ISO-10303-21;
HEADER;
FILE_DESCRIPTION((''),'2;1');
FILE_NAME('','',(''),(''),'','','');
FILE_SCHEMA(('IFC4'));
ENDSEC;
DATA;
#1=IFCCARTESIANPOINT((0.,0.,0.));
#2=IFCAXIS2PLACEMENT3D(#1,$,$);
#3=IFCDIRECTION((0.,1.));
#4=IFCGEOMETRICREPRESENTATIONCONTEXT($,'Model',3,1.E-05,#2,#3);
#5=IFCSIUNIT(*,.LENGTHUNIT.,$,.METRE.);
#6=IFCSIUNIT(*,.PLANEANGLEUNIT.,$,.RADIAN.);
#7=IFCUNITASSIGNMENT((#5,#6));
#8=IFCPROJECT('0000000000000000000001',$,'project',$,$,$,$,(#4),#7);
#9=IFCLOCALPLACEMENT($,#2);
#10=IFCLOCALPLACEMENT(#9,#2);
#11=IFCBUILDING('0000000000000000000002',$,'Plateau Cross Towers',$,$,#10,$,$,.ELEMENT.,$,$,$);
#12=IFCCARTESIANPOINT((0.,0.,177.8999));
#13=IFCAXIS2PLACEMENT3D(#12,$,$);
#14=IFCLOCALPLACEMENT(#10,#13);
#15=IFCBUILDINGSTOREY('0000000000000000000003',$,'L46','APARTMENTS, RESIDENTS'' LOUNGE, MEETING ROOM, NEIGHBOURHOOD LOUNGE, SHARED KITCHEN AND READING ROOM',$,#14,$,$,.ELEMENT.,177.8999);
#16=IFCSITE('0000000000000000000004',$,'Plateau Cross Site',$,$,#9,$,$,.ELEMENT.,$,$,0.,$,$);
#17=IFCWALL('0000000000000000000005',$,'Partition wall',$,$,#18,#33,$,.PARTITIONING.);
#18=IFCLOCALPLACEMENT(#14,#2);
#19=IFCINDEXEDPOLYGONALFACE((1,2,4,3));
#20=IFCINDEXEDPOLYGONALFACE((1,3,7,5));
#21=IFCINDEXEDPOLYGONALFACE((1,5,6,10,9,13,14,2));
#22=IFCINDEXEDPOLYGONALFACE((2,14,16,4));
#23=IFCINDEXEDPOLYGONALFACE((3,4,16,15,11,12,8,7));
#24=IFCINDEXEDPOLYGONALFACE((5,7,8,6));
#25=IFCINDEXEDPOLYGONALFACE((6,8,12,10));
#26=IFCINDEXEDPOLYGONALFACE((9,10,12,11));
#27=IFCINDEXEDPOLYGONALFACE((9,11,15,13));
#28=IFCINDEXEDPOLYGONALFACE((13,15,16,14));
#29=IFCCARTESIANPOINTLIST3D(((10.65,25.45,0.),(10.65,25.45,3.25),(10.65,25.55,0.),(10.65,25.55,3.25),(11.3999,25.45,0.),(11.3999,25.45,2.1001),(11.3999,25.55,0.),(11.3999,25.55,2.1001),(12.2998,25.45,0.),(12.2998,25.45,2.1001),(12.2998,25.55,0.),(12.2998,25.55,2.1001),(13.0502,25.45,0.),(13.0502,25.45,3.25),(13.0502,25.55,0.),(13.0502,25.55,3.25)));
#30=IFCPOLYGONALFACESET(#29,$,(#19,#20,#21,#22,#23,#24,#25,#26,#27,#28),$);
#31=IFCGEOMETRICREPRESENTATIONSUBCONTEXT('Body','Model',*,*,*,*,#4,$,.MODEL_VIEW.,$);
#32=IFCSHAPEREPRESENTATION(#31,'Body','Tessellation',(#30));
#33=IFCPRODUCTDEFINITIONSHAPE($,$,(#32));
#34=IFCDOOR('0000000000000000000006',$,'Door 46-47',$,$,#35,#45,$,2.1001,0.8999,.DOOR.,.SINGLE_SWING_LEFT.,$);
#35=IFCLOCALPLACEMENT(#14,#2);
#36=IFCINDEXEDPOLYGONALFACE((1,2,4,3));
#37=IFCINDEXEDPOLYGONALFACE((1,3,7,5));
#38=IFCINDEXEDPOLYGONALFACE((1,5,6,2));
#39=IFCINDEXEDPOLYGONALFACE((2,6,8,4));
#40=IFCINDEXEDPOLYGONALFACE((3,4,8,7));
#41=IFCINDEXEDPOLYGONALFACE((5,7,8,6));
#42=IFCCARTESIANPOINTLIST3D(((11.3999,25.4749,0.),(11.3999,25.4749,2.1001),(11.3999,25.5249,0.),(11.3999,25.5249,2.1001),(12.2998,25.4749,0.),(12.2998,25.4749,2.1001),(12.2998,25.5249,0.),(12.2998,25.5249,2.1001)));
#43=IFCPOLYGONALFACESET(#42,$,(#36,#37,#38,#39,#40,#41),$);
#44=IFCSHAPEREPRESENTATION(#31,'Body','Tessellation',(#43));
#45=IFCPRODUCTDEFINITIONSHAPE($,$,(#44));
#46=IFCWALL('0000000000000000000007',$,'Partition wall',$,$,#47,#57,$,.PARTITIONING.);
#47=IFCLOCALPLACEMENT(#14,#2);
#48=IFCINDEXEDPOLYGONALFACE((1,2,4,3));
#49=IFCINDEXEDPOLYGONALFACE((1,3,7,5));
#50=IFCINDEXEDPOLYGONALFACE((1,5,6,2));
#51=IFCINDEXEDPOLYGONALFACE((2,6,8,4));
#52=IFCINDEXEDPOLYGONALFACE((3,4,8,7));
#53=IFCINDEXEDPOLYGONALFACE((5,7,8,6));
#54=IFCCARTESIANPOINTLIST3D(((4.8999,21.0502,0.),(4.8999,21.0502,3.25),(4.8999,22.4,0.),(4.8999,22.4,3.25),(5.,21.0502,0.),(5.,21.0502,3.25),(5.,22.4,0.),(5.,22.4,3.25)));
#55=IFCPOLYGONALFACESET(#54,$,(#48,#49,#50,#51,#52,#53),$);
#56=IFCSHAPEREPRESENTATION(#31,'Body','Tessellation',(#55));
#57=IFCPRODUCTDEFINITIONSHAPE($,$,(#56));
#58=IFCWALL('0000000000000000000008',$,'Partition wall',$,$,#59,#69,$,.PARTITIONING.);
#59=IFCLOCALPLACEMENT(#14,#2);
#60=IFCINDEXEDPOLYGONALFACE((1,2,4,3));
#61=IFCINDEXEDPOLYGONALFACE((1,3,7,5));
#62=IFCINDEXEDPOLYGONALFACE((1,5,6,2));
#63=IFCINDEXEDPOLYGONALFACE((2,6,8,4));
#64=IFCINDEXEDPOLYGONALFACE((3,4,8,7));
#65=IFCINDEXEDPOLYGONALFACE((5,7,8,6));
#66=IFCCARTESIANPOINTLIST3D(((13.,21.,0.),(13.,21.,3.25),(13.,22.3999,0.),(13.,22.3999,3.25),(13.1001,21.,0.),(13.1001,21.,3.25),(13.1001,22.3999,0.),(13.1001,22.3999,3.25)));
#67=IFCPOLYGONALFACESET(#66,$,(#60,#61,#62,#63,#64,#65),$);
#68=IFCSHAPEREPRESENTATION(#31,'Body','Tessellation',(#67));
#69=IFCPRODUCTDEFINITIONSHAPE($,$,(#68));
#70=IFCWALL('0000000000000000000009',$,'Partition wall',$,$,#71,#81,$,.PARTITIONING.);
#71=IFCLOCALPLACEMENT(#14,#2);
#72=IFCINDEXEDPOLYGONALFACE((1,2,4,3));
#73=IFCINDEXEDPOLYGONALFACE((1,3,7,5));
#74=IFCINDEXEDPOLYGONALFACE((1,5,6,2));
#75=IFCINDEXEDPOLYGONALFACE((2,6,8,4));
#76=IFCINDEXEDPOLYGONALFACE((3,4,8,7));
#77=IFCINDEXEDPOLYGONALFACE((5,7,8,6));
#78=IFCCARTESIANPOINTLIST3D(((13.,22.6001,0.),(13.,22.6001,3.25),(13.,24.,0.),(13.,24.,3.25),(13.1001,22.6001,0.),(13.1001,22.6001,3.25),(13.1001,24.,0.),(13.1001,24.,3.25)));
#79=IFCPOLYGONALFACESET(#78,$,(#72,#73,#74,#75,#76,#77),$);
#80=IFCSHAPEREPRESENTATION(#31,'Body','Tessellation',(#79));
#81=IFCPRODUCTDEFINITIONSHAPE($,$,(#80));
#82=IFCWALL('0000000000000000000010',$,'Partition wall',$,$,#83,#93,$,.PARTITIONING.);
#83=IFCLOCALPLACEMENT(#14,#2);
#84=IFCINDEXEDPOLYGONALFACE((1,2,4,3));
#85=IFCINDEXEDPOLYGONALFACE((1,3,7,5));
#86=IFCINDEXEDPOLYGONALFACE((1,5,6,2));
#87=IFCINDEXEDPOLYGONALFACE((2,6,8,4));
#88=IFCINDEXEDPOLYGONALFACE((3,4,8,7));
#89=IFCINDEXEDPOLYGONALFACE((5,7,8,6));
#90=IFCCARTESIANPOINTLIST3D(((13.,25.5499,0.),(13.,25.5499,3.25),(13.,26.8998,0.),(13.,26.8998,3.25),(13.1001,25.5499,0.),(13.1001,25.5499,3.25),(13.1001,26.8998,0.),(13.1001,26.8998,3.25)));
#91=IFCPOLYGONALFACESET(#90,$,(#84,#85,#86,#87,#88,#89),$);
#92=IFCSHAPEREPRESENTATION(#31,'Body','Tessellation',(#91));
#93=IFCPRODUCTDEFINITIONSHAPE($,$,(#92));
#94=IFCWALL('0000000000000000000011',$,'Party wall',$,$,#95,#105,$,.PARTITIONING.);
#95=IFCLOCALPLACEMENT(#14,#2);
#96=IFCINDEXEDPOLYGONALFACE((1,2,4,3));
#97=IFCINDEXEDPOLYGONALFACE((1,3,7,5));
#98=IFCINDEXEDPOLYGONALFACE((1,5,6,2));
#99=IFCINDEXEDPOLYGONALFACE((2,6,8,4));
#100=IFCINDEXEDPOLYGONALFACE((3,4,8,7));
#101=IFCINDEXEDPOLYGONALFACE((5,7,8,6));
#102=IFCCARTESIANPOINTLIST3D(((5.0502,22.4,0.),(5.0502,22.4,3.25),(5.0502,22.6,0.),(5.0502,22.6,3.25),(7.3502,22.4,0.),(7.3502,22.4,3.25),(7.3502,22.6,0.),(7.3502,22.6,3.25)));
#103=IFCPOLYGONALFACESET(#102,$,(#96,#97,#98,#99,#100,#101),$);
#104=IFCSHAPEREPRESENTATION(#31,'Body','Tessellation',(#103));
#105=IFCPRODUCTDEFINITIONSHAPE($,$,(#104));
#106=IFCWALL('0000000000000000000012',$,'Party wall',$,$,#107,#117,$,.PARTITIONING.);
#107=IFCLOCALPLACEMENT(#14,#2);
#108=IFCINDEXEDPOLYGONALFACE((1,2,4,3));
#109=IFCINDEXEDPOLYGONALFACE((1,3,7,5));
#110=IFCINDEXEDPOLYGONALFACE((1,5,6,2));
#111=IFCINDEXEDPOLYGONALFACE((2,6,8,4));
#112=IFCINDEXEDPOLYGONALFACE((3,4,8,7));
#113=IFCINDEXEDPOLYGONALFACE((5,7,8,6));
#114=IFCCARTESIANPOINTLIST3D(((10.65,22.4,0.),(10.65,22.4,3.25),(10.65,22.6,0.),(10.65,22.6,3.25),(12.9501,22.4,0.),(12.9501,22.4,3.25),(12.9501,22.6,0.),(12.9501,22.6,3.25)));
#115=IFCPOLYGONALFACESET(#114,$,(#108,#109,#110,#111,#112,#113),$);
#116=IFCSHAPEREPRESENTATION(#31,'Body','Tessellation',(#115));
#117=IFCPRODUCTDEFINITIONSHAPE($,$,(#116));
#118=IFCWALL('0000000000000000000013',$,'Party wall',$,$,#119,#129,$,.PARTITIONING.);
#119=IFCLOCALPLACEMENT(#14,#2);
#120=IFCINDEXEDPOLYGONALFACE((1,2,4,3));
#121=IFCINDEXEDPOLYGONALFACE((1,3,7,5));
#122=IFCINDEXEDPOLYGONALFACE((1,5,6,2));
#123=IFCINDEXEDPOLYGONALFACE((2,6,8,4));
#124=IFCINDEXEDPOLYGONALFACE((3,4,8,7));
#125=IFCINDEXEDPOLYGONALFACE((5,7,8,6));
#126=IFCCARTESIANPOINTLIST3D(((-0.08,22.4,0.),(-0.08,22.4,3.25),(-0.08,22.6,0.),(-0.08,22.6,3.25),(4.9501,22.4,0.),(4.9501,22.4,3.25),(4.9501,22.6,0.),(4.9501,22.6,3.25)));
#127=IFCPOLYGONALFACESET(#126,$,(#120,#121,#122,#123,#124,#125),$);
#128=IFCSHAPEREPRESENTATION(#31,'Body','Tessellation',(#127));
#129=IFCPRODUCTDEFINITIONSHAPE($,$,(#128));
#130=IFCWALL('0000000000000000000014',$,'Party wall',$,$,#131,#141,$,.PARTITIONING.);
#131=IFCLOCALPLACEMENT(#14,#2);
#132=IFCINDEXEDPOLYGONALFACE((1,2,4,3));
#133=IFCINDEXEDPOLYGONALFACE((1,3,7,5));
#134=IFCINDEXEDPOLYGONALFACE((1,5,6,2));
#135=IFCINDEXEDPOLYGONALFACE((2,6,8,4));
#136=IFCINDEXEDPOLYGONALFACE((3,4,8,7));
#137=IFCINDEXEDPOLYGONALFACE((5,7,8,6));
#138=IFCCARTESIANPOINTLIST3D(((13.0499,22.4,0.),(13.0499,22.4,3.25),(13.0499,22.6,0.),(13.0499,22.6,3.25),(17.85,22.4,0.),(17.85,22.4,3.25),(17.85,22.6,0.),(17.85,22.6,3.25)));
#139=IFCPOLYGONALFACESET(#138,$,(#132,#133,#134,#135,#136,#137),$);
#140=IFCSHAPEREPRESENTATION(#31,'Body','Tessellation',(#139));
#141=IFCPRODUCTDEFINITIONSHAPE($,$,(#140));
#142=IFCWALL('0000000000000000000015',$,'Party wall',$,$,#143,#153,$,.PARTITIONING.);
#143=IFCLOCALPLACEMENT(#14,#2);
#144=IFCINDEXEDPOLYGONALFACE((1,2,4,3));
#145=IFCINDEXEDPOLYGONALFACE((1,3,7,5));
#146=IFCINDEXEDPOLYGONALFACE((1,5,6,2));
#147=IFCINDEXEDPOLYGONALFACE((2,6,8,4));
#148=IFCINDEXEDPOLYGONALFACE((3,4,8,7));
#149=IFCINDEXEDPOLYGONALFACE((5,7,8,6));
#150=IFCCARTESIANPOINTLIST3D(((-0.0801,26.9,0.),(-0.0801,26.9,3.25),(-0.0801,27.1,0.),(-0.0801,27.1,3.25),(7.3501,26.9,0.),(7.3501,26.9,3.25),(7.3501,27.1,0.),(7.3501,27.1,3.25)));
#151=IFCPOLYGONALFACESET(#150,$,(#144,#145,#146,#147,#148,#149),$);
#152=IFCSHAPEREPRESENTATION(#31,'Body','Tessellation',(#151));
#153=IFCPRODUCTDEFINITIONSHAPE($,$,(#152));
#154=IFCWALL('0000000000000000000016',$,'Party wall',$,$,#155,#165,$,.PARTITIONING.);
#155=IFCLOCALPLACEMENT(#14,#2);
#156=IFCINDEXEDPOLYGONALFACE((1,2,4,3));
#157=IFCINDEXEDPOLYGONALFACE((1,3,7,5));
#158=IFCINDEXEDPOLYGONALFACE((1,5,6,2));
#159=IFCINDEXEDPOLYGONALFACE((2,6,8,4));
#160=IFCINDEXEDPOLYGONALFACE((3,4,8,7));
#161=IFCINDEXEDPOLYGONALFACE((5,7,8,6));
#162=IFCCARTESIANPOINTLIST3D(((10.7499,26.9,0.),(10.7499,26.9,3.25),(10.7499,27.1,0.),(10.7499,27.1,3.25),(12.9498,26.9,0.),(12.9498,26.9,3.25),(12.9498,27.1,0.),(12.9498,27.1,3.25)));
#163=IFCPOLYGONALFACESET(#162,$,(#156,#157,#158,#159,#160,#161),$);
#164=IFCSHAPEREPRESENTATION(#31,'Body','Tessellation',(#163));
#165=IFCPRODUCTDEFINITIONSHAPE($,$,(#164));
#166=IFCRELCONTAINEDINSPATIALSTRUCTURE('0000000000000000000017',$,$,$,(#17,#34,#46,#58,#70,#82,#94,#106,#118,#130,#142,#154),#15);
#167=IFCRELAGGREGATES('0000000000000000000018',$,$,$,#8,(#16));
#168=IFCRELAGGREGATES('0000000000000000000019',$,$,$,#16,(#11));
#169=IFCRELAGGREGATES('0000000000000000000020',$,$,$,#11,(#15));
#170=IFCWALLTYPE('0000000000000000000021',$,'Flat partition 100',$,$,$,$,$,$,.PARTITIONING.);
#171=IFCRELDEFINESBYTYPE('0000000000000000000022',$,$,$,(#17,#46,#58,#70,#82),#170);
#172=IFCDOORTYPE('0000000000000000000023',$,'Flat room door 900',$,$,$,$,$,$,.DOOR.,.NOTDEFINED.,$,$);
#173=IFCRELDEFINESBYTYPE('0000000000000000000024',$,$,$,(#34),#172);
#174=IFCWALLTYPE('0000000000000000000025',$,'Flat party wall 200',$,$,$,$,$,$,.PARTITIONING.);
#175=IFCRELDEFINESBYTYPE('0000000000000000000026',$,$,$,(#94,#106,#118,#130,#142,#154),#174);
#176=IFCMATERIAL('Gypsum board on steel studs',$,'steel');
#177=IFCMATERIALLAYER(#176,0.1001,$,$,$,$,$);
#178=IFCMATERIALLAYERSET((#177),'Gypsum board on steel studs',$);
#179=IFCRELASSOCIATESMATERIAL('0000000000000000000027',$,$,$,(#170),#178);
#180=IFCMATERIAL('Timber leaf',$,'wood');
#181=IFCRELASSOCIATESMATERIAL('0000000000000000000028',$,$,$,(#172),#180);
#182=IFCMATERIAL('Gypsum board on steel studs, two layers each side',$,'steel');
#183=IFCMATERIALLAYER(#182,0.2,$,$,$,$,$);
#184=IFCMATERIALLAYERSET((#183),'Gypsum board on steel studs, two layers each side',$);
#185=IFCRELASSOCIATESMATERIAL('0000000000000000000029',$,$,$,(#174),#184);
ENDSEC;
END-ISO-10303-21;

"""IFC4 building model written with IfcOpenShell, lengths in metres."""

from ifc_helpers import new_model, si_unit, direction, frame, frame_2d, origin, place, context, subcontext, project, spatial, rectangle, extrude, material, layer, layer_set, type_object, element, fill, save


model = new_model("IFC4")

# Units and contexts
model_context = context("Model", 3, precision=1e-05, world=origin(), true_north=direction((0.0, 1.0)))
body_context = subcontext(model_context, "Body", "Model", "MODEL_VIEW")
ifc_project = project(units=[si_unit("LENGTHUNIT", "METRE"), si_unit("PLANEANGLEUNIT", "RADIAN")], contexts=[model_context])

# Site, building, storey
site_placement = place(None, origin())
site = spatial("IfcSite", under=ifc_project, at=site_placement, Name="Plateau Cross Site", CompositionType="ELEMENT", RefElevation=0.0)
building_placement = place(site_placement, origin())
building = spatial("IfcBuilding", under=site, at=building_placement, Name="Plateau Cross Towers", CompositionType="ELEMENT")
storey_placement = place(building_placement, frame((0.0, 0.0, 177.8999)))
storey = spatial("IfcBuildingStorey", under=building, at=storey_placement, Name="L46", Description="APARTMENTS, RESIDENTS' LOUNGE, MEETING ROOM, NEIGHBOURHOOD LOUNGE, SHARED KITCHEN AND READING ROOM", CompositionType="ELEMENT", Elevation=177.8999)

# Wall, opening, door
ifc_material_1 = material(Name="Gypsum board on steel studs", Category="steel")
ifc_layer_1 = layer(ifc_material_1, 0.1001)
ifc_layer_set_1 = layer_set([ifc_layer_1], Name="Gypsum board on steel studs")
wall_type_1 = type_object("IfcWallType", Name="Flat partition 100", PredefinedType="PARTITIONING", material=ifc_layer_set_1)
ifc_material_2 = material(Name="Timber leaf", Category="wood")
door_type_1 = type_object("IfcDoorType", Name="Flat room door 900", OperationType="NOTDEFINED", PredefinedType="DOOR", material=ifc_material_2)
wall_1_placement = place(storey_placement, frame((10.6499, 25.5, 0.0), z_axis=(0.0, 0.0, 1.0), x_axis=(1.0, 0.0, 0.0)))
wall_1 = element("IfcWall", 1, at=wall_1_placement, inside=storey, type_object=wall_type_1, Name="Partition wall", PredefinedType="PARTITIONING", context=body_context, shape_type="SweptSolid", body=[
    extrude(rectangle(XDim=2.4001, YDim=0.1001, at=frame_2d((1.2002, 0.0))), origin(), (0.0, 0.0, 1.0), 3.25),
])
opening_1_placement = place(wall_1_placement, frame((0.75, 0.0, 0.0)))
opening_1 = element("IfcOpeningElement", 2, at=opening_1_placement, cuts=wall_1, PredefinedType="OPENING", context=body_context, shape_type="SweptSolid", body=[
    extrude(rectangle(XDim=0.8999, YDim=2.1001, at=frame_2d((0.45, 1.05))), frame((0.0, 0.0601, 0.0), z_axis=(0.0, -1.0, 0.0), x_axis=(1.0, 0.0, 0.0)), (0.0, 0.0, 1.0), 0.1201),
])
door_1_placement = place(opening_1_placement, origin())
door_1 = element("IfcDoor", 3, at=door_1_placement, inside=storey, type_object=door_type_1, Name="Door 46-47", OperationType="SINGLE_SWING_LEFT", OverallHeight=2.1001, OverallWidth=0.8999, PredefinedType="DOOR", context=body_context, shape_type="SweptSolid", body=[
    extrude(rectangle(XDim=0.8999, YDim=2.1001, at=frame_2d((0.45, 1.05))), frame((0.0, 0.0249, 0.0), z_axis=(0.0, -1.0, 0.0), x_axis=(1.0, 0.0, 0.0)), (0.0, 0.0, 1.0), 0.05),
])
fill(opening_1, door_1)

# Walls
wall_2_placement = place(storey_placement, frame((4.95, 22.3999, 0.0), z_axis=(0.0, 0.0, 1.0), x_axis=(0.0, -1.0, 0.0)))
element("IfcWall", 4, at=wall_2_placement, inside=storey, type_object=wall_type_1, Name="Partition wall", PredefinedType="PARTITIONING", context=body_context, shape_type="SweptSolid", body=[
    extrude(rectangle(XDim=1.3499, YDim=0.1001, at=frame_2d((0.6748, 0.0))), origin(), (0.0, 0.0, 1.0), 3.25),
])
for number, where, z_axis, x_axis, name in (
    (5, (13.05, 21.0, 0.0), (0.0, 0.0, 1.0), (0.0, 1.0, 0.0), "Partition wall"),
    (6, (13.05, 22.6001, 0.0), (0.0, 0.0, 1.0), (0.0, 1.0, 0.0), "Partition wall"),
):
    element("IfcWall", number, at=place(storey_placement, frame(where, z_axis=z_axis, x_axis=x_axis)), inside=storey, type_object=wall_type_1, Name=name, PredefinedType="PARTITIONING", context=body_context, shape_type="SweptSolid", body=[
        extrude(rectangle(XDim=1.3999, YDim=0.1001, at=frame_2d((0.7, 0.0))), origin(), (0.0, 0.0, 1.0), 3.25),
    ])
wall_3_placement = place(storey_placement, frame((13.05, 25.55, 0.0), z_axis=(0.0, 0.0, 1.0), x_axis=(0.0, 1.0, 0.0)))
element("IfcWall", 7, at=wall_3_placement, inside=storey, type_object=wall_type_1, Name="Partition wall", PredefinedType="PARTITIONING", context=body_context, shape_type="SweptSolid", body=[
    extrude(rectangle(XDim=1.3499, YDim=0.1001, at=frame_2d((0.6748, 0.0))), origin(), (0.0, 0.0, 1.0), 3.25),
])
ifc_material_3 = material(Name="Gypsum board on steel studs, two layers each side", Category="steel")
ifc_layer_2 = layer(ifc_material_3, 0.2)
ifc_layer_set_2 = layer_set([ifc_layer_2], Name="Gypsum board on steel studs, two layers each side")
wall_type_2 = type_object("IfcWallType", Name="Flat party wall 200", PredefinedType="PARTITIONING", material=ifc_layer_set_2)
for number, where, z_axis, x_axis, name in (
    (8, (7.3501, 22.5, 0.0), (0.0, 0.0, 1.0), (-1.0, 0.0, 0.0), "Party wall"),
    (9, (12.95, 22.5, 0.0), (0.0, 0.0, 1.0), (-1.0, 0.0, 0.0), "Party wall"),
):
    element("IfcWall", number, at=place(storey_placement, frame(where, z_axis=z_axis, x_axis=x_axis)), inside=storey, type_object=wall_type_2, Name=name, PredefinedType="PARTITIONING", context=body_context, shape_type="SweptSolid", body=[
        extrude(rectangle(XDim=2.3, YDim=0.2, at=frame_2d((1.1499, 0.0))), origin(), (0.0, 0.0, 1.0), 3.25),
    ])
wall_4_placement = place(storey_placement, frame((-0.0801, 22.5, 0.0), z_axis=(0.0, 0.0, 1.0), x_axis=(1.0, 0.0, 0.0)))
element("IfcWall", 10, at=wall_4_placement, inside=storey, type_object=wall_type_2, Name="Party wall", PredefinedType="PARTITIONING", context=body_context, shape_type="SweptSolid", body=[
    extrude(rectangle(XDim=5.03, YDim=0.2, at=frame_2d((2.5151, 0.0))), origin(), (0.0, 0.0, 1.0), 3.25),
])
wall_5_placement = place(storey_placement, frame((13.05, 22.5, 0.0), z_axis=(0.0, 0.0, 1.0), x_axis=(1.0, 0.0, 0.0)))
element("IfcWall", 11, at=wall_5_placement, inside=storey, type_object=wall_type_2, Name="Party wall", PredefinedType="PARTITIONING", context=body_context, shape_type="SweptSolid", body=[
    extrude(rectangle(XDim=4.8, YDim=0.2, at=frame_2d((2.3999, 0.0))), origin(), (0.0, 0.0, 1.0), 3.25),
])
wall_6_placement = place(storey_placement, frame((7.3501, 27.0, 0.0), z_axis=(0.0, 0.0, 1.0), x_axis=(-1.0, 0.0, 0.0)))
element("IfcWall", 12, at=wall_6_placement, inside=storey, type_object=wall_type_2, Name="Party wall", PredefinedType="PARTITIONING", context=body_context, shape_type="SweptSolid", body=[
    extrude(rectangle(XDim=7.4302, YDim=0.2, at=frame_2d((3.7151, 0.0))), origin(), (0.0, 0.0, 1.0), 3.25),
])
wall_7_placement = place(storey_placement, frame((12.95, 27.0, 0.0), z_axis=(0.0, 0.0, 1.0), x_axis=(-1.0, 0.0, 0.0)))
element("IfcWall", 13, at=wall_7_placement, inside=storey, type_object=wall_type_2, Name="Party wall", PredefinedType="PARTITIONING", context=body_context, shape_type="SweptSolid", body=[
    extrude(rectangle(XDim=2.2, YDim=0.2, at=frame_2d((1.1001, 0.0))), origin(), (0.0, 0.0, 1.0), 3.25),
])

save(model, "model.ifc")
